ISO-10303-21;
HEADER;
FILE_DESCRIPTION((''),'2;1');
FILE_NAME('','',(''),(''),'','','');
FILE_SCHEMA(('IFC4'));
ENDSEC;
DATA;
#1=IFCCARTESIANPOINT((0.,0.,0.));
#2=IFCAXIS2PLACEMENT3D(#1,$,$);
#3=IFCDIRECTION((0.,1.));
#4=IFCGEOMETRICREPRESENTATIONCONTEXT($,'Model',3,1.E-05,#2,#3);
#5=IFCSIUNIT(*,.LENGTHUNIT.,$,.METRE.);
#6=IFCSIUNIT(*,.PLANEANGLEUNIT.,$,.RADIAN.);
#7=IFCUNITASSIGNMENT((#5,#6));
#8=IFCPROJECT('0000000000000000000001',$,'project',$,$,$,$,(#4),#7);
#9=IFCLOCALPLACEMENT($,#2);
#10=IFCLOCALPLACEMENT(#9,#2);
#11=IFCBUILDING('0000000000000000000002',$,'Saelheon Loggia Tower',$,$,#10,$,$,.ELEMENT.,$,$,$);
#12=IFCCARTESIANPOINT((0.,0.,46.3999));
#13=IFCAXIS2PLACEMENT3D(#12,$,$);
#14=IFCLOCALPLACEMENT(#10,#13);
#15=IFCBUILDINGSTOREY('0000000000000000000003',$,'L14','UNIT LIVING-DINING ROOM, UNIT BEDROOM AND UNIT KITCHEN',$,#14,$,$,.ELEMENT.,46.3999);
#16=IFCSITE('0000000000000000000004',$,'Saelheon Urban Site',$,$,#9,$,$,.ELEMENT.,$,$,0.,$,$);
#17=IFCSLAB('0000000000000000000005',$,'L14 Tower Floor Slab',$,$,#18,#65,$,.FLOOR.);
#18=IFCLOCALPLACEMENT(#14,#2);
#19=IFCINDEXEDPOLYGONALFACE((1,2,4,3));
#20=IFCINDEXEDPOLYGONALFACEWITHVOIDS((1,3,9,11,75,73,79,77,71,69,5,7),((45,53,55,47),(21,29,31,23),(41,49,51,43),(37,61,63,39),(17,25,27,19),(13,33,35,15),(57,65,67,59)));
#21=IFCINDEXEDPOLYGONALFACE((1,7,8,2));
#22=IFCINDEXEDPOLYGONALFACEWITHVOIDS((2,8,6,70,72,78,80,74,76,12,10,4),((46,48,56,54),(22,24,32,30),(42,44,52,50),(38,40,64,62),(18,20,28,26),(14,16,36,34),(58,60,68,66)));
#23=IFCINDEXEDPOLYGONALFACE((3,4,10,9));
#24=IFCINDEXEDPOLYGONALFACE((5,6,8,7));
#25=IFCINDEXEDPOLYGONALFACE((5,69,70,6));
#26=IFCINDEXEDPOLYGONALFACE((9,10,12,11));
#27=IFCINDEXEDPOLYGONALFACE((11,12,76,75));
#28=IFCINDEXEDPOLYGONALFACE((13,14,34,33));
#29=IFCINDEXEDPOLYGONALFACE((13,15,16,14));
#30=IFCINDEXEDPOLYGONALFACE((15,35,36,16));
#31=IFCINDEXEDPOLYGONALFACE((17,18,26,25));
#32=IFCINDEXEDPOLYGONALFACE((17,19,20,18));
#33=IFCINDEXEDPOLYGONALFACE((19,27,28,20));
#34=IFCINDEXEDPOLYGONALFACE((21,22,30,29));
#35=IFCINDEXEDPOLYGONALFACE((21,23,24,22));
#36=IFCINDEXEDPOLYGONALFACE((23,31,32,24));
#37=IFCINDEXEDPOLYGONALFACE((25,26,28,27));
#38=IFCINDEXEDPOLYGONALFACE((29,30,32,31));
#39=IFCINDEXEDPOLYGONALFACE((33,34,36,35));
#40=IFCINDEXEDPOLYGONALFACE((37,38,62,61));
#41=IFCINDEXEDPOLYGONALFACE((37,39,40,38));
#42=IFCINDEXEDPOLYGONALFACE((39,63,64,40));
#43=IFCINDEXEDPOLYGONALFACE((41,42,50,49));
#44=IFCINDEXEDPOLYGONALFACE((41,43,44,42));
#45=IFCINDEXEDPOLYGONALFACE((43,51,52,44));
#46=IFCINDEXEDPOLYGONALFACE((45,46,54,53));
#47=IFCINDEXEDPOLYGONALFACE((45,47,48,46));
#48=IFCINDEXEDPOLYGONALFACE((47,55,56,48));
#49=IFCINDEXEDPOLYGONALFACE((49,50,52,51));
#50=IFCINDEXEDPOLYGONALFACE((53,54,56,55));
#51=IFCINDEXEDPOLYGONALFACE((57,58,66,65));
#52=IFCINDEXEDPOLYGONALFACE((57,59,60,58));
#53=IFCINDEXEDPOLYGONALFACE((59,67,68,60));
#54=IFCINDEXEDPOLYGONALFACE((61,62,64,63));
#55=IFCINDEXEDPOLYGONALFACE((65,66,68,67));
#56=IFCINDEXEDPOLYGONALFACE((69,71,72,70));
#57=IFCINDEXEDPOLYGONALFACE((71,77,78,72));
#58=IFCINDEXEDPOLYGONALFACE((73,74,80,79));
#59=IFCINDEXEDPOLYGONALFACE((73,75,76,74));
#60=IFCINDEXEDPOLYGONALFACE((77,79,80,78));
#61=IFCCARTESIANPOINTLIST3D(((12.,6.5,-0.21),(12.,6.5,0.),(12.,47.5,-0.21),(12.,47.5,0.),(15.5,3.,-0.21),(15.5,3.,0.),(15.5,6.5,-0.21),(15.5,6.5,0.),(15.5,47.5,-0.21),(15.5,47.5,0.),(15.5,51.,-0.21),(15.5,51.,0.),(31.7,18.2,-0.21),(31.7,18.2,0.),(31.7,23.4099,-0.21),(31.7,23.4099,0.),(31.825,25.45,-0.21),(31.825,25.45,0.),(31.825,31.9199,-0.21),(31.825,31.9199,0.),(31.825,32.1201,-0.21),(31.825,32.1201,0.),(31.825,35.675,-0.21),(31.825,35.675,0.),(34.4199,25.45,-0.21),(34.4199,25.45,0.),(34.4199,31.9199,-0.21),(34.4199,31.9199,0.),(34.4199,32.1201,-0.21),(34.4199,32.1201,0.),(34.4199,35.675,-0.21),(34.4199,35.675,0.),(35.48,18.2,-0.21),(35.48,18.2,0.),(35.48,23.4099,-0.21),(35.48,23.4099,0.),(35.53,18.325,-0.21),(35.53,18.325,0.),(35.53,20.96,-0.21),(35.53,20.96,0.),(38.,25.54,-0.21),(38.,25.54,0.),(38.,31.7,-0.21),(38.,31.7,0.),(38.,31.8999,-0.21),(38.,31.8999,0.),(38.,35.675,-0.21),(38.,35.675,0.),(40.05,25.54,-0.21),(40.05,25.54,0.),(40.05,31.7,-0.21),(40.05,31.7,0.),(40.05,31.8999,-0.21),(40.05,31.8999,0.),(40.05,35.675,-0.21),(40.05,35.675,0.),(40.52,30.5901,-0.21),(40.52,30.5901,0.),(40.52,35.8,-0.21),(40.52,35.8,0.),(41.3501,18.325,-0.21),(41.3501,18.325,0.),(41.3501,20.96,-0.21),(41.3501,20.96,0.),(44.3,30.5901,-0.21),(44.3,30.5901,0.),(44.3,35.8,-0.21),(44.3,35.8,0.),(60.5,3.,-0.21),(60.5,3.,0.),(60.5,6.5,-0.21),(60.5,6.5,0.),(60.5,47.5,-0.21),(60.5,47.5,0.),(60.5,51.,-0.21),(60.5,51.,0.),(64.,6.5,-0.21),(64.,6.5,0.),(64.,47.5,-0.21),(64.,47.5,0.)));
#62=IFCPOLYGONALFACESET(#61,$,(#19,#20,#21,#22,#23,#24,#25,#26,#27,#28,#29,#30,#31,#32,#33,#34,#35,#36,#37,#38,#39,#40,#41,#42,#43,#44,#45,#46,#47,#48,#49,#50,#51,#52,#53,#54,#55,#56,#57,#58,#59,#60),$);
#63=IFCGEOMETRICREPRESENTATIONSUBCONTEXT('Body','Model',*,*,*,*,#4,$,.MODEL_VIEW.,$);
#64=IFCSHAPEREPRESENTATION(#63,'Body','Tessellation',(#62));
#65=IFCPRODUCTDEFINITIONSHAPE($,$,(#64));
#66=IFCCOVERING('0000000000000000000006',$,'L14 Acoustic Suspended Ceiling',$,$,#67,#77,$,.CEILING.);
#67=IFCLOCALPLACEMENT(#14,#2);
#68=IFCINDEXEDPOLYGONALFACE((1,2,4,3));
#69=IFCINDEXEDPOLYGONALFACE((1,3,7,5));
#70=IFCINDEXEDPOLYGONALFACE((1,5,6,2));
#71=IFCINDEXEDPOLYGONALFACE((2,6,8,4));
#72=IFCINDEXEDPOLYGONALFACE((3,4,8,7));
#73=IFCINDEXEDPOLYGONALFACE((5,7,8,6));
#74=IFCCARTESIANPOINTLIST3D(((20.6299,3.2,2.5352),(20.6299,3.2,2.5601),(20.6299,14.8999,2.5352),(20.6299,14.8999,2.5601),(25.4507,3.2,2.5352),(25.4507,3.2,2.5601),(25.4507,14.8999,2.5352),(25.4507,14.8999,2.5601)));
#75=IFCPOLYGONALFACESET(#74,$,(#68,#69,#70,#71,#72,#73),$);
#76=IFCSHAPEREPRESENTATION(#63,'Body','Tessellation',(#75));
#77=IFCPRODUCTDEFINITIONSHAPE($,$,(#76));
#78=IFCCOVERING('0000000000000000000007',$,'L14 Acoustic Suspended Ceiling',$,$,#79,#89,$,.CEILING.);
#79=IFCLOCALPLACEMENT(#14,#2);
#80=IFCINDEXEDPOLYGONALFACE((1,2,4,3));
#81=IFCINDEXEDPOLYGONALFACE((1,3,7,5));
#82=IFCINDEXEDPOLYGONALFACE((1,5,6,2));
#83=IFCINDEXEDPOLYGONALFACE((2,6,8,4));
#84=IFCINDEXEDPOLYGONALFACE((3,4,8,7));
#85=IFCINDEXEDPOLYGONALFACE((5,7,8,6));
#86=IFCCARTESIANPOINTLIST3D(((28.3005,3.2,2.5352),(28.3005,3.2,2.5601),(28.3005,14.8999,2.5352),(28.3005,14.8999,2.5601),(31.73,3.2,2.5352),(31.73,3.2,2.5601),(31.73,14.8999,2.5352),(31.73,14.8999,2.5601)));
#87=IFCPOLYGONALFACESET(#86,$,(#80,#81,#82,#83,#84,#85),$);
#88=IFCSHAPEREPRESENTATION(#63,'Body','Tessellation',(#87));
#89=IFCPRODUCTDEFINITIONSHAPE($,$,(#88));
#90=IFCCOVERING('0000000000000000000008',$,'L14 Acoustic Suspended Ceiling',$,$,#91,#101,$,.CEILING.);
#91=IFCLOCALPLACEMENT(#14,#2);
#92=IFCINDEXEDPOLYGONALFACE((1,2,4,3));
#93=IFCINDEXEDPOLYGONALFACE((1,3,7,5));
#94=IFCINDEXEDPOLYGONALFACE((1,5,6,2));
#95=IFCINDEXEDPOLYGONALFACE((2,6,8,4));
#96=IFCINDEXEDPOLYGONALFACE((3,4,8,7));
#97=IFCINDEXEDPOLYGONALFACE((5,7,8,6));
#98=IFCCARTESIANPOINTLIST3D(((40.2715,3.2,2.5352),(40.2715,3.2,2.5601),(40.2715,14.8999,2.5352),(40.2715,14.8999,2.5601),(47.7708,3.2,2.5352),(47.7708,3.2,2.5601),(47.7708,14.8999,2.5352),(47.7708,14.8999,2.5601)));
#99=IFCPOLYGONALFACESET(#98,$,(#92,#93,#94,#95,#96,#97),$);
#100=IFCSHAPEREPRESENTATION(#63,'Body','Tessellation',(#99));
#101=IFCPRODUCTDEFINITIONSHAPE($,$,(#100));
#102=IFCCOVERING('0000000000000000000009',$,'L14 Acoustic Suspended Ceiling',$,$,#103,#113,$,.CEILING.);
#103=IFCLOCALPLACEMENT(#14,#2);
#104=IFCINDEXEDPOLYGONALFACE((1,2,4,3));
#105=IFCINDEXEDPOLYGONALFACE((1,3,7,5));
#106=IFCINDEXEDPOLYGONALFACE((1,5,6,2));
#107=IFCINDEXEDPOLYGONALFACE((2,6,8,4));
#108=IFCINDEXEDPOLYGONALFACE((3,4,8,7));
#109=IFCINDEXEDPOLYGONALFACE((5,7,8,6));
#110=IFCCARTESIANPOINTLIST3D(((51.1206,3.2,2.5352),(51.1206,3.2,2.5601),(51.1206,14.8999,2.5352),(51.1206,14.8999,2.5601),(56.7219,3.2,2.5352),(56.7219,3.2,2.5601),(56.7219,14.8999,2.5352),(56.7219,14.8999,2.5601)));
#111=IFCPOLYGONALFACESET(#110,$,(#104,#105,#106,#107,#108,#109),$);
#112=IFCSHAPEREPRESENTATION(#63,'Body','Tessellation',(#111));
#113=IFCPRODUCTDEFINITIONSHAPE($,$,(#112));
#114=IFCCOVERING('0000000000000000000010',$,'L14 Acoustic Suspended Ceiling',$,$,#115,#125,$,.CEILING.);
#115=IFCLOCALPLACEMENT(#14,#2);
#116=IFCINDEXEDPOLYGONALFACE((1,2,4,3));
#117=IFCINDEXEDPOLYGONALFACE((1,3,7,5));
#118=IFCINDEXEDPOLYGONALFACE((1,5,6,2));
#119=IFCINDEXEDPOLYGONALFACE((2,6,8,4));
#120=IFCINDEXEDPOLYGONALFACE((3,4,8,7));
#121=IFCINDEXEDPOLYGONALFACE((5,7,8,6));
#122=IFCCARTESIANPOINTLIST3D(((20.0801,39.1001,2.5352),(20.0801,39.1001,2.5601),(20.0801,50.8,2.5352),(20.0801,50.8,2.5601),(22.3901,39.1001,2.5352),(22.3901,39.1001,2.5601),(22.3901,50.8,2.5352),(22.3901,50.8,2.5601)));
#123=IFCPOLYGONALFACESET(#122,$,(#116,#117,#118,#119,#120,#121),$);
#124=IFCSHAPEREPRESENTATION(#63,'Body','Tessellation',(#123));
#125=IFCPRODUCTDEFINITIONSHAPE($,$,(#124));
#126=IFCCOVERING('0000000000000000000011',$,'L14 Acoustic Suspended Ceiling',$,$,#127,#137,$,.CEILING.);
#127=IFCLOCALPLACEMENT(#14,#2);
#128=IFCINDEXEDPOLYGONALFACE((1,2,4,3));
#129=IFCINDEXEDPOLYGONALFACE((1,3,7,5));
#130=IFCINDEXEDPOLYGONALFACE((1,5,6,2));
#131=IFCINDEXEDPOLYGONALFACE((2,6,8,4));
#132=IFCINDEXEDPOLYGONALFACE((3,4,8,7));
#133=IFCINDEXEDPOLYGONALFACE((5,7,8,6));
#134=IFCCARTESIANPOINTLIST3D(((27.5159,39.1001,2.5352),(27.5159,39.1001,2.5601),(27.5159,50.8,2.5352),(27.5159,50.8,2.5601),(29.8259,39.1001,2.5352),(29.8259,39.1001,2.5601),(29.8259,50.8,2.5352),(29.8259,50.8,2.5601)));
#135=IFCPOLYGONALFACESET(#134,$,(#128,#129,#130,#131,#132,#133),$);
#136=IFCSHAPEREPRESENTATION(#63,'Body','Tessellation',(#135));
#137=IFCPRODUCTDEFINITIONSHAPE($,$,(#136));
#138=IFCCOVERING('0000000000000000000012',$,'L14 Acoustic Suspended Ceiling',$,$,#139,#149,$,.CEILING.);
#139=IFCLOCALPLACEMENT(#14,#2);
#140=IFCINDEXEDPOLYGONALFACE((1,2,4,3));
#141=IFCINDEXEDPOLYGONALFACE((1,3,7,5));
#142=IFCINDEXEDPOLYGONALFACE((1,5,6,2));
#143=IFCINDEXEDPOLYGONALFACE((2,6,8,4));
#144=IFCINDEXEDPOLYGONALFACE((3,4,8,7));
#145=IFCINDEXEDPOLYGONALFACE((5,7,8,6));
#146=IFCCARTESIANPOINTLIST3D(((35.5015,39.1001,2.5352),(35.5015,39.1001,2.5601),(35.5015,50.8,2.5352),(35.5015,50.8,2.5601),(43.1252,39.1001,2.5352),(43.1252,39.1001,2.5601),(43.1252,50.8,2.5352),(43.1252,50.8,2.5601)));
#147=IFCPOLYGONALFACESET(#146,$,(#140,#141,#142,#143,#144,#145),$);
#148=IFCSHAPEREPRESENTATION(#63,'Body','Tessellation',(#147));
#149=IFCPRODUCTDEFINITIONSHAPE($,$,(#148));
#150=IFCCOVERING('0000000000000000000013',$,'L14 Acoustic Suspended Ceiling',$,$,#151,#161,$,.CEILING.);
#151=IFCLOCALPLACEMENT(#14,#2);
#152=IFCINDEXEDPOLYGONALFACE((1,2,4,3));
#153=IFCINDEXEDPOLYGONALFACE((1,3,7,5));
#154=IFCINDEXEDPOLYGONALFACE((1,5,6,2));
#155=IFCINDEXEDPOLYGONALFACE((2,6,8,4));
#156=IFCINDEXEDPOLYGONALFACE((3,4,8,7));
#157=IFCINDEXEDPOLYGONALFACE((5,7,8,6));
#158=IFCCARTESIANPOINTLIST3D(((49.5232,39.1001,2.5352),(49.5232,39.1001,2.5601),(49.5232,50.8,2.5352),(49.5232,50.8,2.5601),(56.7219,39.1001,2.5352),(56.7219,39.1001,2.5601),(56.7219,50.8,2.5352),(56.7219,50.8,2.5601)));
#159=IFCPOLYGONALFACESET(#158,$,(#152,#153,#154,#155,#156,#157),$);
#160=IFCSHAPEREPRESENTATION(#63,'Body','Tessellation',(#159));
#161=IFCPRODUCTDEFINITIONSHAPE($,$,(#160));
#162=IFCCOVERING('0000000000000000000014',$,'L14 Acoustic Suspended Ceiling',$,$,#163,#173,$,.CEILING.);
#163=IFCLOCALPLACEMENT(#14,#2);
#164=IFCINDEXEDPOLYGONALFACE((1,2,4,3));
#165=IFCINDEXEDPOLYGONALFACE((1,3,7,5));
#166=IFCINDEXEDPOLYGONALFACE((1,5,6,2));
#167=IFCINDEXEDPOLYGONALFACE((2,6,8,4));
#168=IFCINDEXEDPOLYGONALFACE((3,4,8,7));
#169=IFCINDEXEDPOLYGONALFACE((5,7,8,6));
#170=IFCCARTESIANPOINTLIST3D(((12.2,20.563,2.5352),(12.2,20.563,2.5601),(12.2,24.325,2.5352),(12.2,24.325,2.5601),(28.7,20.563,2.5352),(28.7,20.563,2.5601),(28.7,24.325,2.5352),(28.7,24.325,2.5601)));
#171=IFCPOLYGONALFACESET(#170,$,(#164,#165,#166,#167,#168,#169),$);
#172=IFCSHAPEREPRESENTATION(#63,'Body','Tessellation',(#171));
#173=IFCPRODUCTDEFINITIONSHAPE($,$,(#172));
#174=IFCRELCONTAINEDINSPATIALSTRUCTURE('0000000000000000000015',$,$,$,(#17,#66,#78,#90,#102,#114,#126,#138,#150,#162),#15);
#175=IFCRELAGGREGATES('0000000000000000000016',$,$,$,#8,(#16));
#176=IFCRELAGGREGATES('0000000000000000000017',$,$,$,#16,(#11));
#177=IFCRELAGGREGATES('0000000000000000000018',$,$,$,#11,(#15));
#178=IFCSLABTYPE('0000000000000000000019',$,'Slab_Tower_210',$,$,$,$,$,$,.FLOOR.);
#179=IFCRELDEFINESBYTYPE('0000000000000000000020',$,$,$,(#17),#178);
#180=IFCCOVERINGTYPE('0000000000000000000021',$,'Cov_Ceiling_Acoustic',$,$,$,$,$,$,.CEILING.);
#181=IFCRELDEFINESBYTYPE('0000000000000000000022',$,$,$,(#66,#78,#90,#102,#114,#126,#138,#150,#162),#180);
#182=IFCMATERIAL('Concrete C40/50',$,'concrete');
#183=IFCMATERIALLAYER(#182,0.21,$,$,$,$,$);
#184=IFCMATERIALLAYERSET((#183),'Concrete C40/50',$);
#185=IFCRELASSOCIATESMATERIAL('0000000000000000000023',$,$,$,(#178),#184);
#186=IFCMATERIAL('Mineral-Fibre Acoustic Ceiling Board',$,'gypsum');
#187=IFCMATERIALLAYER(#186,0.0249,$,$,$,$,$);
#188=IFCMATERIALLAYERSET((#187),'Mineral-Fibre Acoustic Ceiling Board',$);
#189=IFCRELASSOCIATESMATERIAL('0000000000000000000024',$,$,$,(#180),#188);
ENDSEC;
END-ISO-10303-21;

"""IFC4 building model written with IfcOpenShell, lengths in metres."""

from ifc_helpers import new_model, si_unit, direction, frame, origin, place, context, subcontext, project, spatial, polyline, outline, extrude, material, layer, layer_set, type_object, element, save


model = new_model("IFC4")

# Units and contexts
model_context = context("Model", 3, precision=1e-05, world=origin(), true_north=direction((0.0, 1.0)))
body_context = subcontext(model_context, "Body", "Model", "MODEL_VIEW")
ifc_project = project(units=[si_unit("LENGTHUNIT", "METRE"), si_unit("PLANEANGLEUNIT", "RADIAN")], contexts=[model_context])

# Site, building, storey
site_placement = place(None, origin())
site = spatial("IfcSite", under=ifc_project, at=site_placement, Name="Saelheon Urban Site", CompositionType="ELEMENT", RefElevation=0.0)
building_placement = place(site_placement, origin())
building = spatial("IfcBuilding", under=site, at=building_placement, Name="Saelheon Loggia Tower", CompositionType="ELEMENT")
storey_placement = place(building_placement, frame((0.0, 0.0, 46.3999)))
storey = spatial("IfcBuildingStorey", under=building, at=storey_placement, Name="L14", Description="UNIT LIVING-DINING ROOM, UNIT BEDROOM AND UNIT KITCHEN", CompositionType="ELEMENT", Elevation=46.3999)

# Shared definitions
ifc_material_1 = material(Name="Concrete C40/50", Category="concrete")

# Slab
ifc_layer_1 = layer(ifc_material_1, 0.21)
ifc_layer_set_1 = layer_set([ifc_layer_1], Name="Concrete C40/50")
slab_type_1 = type_object("IfcSlabType", Name="Slab_Tower_210", PredefinedType="FLOOR", material=ifc_layer_set_1)
slab_1_placement = place(storey_placement, frame((0.0, 0.0, -0.21)))
element("IfcSlab", 1, at=slab_1_placement, inside=storey, type_object=slab_type_1, Name="L14 Tower Floor Slab", PredefinedType="FLOOR", context=body_context, shape_type="SweptSolid", body=[
    extrude(outline(polyline([(15.5, 3.0), (60.5, 3.0), (60.5, 6.5), (64.0, 6.5), (64.0, 47.5), (60.5, 47.5), (60.5, 51.0), (15.5, 51.0), (15.5, 47.5), (12.0, 47.5), (12.0, 6.5), (15.5, 6.5), (15.5, 3.0)]), holes=[polyline([(31.7, 23.4099), (31.7, 18.2), (35.48, 18.2), (35.48, 23.4099), (31.7, 23.4099)]), polyline([(44.3, 30.5901), (44.3, 35.8), (40.52, 35.8), (40.52, 30.5901), (44.3, 30.5901)]), polyline([(35.53, 18.325), (41.3501, 18.325), (41.3501, 20.96), (35.53, 20.96), (35.53, 18.325)]), polyline([(31.825, 32.1201), (34.4199, 32.1201), (34.4199, 35.675), (31.825, 35.675), (31.825, 32.1201)]), polyline([(38.0, 31.8999), (40.05, 31.8999), (40.05, 35.675), (38.0, 35.675), (38.0, 31.8999)]), polyline([(31.825, 25.45), (34.4199, 25.45), (34.4199, 31.9199), (31.825, 31.9199), (31.825, 25.45)]), polyline([(38.0, 25.54), (40.05, 25.54), (40.05, 31.7), (38.0, 31.7), (38.0, 25.54)])]), origin(), (0.0, 0.0, 1.0), 0.21),
])

# Coverings
ifc_material_2 = material(Name="Mineral-Fibre Acoustic Ceiling Board", Category="gypsum")
ifc_layer_2 = layer(ifc_material_2, 0.0249)
ifc_layer_set_2 = layer_set([ifc_layer_2], Name="Mineral-Fibre Acoustic Ceiling Board")
covering_type = type_object("IfcCoveringType", Name="Cov_Ceiling_Acoustic", PredefinedType="CEILING", material=ifc_layer_set_2)
covering_1_placement = place(storey_placement, frame((0.0, 0.0, 2.5352)))
element("IfcCovering", 2, at=covering_1_placement, inside=storey, type_object=covering_type, Name="L14 Acoustic Suspended Ceiling", PredefinedType="CEILING", context=body_context, shape_type="SweptSolid", body=[
    extrude(outline(polyline([(20.6299, 3.2), (25.4507, 3.2), (25.4507, 14.8999), (20.6299, 14.8999), (20.6299, 3.2)])), origin(), (0.0, 0.0, 1.0), 0.0249),
])
covering_2_placement = place(storey_placement, frame((0.0, 0.0, 2.5352)))
element("IfcCovering", 3, at=covering_2_placement, inside=storey, type_object=covering_type, Name="L14 Acoustic Suspended Ceiling", PredefinedType="CEILING", context=body_context, shape_type="SweptSolid", body=[
    extrude(outline(polyline([(28.3005, 3.2), (31.73, 3.2), (31.73, 14.8999), (28.3005, 14.8999), (28.3005, 3.2)])), origin(), (0.0, 0.0, 1.0), 0.0249),
])
covering_3_placement = place(storey_placement, frame((0.0, 0.0, 2.5352)))
element("IfcCovering", 4, at=covering_3_placement, inside=storey, type_object=covering_type, Name="L14 Acoustic Suspended Ceiling", PredefinedType="CEILING", context=body_context, shape_type="SweptSolid", body=[
    extrude(outline(polyline([(40.2715, 3.2), (47.7708, 3.2), (47.7708, 14.8999), (40.2715, 14.8999), (40.2715, 3.2)])), origin(), (0.0, 0.0, 1.0), 0.0249),
])
covering_4_placement = place(storey_placement, frame((0.0, 0.0, 2.5352)))
element("IfcCovering", 5, at=covering_4_placement, inside=storey, type_object=covering_type, Name="L14 Acoustic Suspended Ceiling", PredefinedType="CEILING", context=body_context, shape_type="SweptSolid", body=[
    extrude(outline(polyline([(51.1206, 3.2), (56.7219, 3.2), (56.7219, 14.8999), (51.1206, 14.8999), (51.1206, 3.2)])), origin(), (0.0, 0.0, 1.0), 0.0249),
])
covering_5_placement = place(storey_placement, frame((0.0, 0.0, 2.5352)))
element("IfcCovering", 6, at=covering_5_placement, inside=storey, type_object=covering_type, Name="L14 Acoustic Suspended Ceiling", PredefinedType="CEILING", context=body_context, shape_type="SweptSolid", body=[
    extrude(outline(polyline([(20.0801, 39.1001), (22.3901, 39.1001), (22.3901, 50.8), (20.0801, 50.8), (20.0801, 39.1001)])), origin(), (0.0, 0.0, 1.0), 0.0249),
])
covering_6_placement = place(storey_placement, frame((0.0, 0.0, 2.5352)))
element("IfcCovering", 7, at=covering_6_placement, inside=storey, type_object=covering_type, Name="L14 Acoustic Suspended Ceiling", PredefinedType="CEILING", context=body_context, shape_type="SweptSolid", body=[
    extrude(outline(polyline([(27.5159, 39.1001), (29.8259, 39.1001), (29.8259, 50.8), (27.5159, 50.8), (27.5159, 39.1001)])), origin(), (0.0, 0.0, 1.0), 0.0249),
])
covering_7_placement = place(storey_placement, frame((0.0, 0.0, 2.5352)))
element("IfcCovering", 8, at=covering_7_placement, inside=storey, type_object=covering_type, Name="L14 Acoustic Suspended Ceiling", PredefinedType="CEILING", context=body_context, shape_type="SweptSolid", body=[
    extrude(outline(polyline([(35.5015, 39.1001), (43.1252, 39.1001), (43.1252, 50.8), (35.5015, 50.8), (35.5015, 39.1001)])), origin(), (0.0, 0.0, 1.0), 0.0249),
])
covering_8_placement = place(storey_placement, frame((0.0, 0.0, 2.5352)))
element("IfcCovering", 9, at=covering_8_placement, inside=storey, type_object=covering_type, Name="L14 Acoustic Suspended Ceiling", PredefinedType="CEILING", context=body_context, shape_type="SweptSolid", body=[
    extrude(outline(polyline([(49.5232, 39.1001), (56.7219, 39.1001), (56.7219, 50.8), (49.5232, 50.8), (49.5232, 39.1001)])), origin(), (0.0, 0.0, 1.0), 0.0249),
])
covering_9_placement = place(storey_placement, frame((0.0, 0.0, 2.5352)))
element("IfcCovering", 10, at=covering_9_placement, inside=storey, type_object=covering_type, Name="L14 Acoustic Suspended Ceiling", PredefinedType="CEILING", context=body_context, shape_type="SweptSolid", body=[
    extrude(outline(polyline([(12.2, 20.563), (28.7, 20.563), (28.7, 24.325), (12.2, 24.325), (12.2, 20.563)])), origin(), (0.0, 0.0, 1.0), 0.0249),
])

save(model, "model.ifc")
